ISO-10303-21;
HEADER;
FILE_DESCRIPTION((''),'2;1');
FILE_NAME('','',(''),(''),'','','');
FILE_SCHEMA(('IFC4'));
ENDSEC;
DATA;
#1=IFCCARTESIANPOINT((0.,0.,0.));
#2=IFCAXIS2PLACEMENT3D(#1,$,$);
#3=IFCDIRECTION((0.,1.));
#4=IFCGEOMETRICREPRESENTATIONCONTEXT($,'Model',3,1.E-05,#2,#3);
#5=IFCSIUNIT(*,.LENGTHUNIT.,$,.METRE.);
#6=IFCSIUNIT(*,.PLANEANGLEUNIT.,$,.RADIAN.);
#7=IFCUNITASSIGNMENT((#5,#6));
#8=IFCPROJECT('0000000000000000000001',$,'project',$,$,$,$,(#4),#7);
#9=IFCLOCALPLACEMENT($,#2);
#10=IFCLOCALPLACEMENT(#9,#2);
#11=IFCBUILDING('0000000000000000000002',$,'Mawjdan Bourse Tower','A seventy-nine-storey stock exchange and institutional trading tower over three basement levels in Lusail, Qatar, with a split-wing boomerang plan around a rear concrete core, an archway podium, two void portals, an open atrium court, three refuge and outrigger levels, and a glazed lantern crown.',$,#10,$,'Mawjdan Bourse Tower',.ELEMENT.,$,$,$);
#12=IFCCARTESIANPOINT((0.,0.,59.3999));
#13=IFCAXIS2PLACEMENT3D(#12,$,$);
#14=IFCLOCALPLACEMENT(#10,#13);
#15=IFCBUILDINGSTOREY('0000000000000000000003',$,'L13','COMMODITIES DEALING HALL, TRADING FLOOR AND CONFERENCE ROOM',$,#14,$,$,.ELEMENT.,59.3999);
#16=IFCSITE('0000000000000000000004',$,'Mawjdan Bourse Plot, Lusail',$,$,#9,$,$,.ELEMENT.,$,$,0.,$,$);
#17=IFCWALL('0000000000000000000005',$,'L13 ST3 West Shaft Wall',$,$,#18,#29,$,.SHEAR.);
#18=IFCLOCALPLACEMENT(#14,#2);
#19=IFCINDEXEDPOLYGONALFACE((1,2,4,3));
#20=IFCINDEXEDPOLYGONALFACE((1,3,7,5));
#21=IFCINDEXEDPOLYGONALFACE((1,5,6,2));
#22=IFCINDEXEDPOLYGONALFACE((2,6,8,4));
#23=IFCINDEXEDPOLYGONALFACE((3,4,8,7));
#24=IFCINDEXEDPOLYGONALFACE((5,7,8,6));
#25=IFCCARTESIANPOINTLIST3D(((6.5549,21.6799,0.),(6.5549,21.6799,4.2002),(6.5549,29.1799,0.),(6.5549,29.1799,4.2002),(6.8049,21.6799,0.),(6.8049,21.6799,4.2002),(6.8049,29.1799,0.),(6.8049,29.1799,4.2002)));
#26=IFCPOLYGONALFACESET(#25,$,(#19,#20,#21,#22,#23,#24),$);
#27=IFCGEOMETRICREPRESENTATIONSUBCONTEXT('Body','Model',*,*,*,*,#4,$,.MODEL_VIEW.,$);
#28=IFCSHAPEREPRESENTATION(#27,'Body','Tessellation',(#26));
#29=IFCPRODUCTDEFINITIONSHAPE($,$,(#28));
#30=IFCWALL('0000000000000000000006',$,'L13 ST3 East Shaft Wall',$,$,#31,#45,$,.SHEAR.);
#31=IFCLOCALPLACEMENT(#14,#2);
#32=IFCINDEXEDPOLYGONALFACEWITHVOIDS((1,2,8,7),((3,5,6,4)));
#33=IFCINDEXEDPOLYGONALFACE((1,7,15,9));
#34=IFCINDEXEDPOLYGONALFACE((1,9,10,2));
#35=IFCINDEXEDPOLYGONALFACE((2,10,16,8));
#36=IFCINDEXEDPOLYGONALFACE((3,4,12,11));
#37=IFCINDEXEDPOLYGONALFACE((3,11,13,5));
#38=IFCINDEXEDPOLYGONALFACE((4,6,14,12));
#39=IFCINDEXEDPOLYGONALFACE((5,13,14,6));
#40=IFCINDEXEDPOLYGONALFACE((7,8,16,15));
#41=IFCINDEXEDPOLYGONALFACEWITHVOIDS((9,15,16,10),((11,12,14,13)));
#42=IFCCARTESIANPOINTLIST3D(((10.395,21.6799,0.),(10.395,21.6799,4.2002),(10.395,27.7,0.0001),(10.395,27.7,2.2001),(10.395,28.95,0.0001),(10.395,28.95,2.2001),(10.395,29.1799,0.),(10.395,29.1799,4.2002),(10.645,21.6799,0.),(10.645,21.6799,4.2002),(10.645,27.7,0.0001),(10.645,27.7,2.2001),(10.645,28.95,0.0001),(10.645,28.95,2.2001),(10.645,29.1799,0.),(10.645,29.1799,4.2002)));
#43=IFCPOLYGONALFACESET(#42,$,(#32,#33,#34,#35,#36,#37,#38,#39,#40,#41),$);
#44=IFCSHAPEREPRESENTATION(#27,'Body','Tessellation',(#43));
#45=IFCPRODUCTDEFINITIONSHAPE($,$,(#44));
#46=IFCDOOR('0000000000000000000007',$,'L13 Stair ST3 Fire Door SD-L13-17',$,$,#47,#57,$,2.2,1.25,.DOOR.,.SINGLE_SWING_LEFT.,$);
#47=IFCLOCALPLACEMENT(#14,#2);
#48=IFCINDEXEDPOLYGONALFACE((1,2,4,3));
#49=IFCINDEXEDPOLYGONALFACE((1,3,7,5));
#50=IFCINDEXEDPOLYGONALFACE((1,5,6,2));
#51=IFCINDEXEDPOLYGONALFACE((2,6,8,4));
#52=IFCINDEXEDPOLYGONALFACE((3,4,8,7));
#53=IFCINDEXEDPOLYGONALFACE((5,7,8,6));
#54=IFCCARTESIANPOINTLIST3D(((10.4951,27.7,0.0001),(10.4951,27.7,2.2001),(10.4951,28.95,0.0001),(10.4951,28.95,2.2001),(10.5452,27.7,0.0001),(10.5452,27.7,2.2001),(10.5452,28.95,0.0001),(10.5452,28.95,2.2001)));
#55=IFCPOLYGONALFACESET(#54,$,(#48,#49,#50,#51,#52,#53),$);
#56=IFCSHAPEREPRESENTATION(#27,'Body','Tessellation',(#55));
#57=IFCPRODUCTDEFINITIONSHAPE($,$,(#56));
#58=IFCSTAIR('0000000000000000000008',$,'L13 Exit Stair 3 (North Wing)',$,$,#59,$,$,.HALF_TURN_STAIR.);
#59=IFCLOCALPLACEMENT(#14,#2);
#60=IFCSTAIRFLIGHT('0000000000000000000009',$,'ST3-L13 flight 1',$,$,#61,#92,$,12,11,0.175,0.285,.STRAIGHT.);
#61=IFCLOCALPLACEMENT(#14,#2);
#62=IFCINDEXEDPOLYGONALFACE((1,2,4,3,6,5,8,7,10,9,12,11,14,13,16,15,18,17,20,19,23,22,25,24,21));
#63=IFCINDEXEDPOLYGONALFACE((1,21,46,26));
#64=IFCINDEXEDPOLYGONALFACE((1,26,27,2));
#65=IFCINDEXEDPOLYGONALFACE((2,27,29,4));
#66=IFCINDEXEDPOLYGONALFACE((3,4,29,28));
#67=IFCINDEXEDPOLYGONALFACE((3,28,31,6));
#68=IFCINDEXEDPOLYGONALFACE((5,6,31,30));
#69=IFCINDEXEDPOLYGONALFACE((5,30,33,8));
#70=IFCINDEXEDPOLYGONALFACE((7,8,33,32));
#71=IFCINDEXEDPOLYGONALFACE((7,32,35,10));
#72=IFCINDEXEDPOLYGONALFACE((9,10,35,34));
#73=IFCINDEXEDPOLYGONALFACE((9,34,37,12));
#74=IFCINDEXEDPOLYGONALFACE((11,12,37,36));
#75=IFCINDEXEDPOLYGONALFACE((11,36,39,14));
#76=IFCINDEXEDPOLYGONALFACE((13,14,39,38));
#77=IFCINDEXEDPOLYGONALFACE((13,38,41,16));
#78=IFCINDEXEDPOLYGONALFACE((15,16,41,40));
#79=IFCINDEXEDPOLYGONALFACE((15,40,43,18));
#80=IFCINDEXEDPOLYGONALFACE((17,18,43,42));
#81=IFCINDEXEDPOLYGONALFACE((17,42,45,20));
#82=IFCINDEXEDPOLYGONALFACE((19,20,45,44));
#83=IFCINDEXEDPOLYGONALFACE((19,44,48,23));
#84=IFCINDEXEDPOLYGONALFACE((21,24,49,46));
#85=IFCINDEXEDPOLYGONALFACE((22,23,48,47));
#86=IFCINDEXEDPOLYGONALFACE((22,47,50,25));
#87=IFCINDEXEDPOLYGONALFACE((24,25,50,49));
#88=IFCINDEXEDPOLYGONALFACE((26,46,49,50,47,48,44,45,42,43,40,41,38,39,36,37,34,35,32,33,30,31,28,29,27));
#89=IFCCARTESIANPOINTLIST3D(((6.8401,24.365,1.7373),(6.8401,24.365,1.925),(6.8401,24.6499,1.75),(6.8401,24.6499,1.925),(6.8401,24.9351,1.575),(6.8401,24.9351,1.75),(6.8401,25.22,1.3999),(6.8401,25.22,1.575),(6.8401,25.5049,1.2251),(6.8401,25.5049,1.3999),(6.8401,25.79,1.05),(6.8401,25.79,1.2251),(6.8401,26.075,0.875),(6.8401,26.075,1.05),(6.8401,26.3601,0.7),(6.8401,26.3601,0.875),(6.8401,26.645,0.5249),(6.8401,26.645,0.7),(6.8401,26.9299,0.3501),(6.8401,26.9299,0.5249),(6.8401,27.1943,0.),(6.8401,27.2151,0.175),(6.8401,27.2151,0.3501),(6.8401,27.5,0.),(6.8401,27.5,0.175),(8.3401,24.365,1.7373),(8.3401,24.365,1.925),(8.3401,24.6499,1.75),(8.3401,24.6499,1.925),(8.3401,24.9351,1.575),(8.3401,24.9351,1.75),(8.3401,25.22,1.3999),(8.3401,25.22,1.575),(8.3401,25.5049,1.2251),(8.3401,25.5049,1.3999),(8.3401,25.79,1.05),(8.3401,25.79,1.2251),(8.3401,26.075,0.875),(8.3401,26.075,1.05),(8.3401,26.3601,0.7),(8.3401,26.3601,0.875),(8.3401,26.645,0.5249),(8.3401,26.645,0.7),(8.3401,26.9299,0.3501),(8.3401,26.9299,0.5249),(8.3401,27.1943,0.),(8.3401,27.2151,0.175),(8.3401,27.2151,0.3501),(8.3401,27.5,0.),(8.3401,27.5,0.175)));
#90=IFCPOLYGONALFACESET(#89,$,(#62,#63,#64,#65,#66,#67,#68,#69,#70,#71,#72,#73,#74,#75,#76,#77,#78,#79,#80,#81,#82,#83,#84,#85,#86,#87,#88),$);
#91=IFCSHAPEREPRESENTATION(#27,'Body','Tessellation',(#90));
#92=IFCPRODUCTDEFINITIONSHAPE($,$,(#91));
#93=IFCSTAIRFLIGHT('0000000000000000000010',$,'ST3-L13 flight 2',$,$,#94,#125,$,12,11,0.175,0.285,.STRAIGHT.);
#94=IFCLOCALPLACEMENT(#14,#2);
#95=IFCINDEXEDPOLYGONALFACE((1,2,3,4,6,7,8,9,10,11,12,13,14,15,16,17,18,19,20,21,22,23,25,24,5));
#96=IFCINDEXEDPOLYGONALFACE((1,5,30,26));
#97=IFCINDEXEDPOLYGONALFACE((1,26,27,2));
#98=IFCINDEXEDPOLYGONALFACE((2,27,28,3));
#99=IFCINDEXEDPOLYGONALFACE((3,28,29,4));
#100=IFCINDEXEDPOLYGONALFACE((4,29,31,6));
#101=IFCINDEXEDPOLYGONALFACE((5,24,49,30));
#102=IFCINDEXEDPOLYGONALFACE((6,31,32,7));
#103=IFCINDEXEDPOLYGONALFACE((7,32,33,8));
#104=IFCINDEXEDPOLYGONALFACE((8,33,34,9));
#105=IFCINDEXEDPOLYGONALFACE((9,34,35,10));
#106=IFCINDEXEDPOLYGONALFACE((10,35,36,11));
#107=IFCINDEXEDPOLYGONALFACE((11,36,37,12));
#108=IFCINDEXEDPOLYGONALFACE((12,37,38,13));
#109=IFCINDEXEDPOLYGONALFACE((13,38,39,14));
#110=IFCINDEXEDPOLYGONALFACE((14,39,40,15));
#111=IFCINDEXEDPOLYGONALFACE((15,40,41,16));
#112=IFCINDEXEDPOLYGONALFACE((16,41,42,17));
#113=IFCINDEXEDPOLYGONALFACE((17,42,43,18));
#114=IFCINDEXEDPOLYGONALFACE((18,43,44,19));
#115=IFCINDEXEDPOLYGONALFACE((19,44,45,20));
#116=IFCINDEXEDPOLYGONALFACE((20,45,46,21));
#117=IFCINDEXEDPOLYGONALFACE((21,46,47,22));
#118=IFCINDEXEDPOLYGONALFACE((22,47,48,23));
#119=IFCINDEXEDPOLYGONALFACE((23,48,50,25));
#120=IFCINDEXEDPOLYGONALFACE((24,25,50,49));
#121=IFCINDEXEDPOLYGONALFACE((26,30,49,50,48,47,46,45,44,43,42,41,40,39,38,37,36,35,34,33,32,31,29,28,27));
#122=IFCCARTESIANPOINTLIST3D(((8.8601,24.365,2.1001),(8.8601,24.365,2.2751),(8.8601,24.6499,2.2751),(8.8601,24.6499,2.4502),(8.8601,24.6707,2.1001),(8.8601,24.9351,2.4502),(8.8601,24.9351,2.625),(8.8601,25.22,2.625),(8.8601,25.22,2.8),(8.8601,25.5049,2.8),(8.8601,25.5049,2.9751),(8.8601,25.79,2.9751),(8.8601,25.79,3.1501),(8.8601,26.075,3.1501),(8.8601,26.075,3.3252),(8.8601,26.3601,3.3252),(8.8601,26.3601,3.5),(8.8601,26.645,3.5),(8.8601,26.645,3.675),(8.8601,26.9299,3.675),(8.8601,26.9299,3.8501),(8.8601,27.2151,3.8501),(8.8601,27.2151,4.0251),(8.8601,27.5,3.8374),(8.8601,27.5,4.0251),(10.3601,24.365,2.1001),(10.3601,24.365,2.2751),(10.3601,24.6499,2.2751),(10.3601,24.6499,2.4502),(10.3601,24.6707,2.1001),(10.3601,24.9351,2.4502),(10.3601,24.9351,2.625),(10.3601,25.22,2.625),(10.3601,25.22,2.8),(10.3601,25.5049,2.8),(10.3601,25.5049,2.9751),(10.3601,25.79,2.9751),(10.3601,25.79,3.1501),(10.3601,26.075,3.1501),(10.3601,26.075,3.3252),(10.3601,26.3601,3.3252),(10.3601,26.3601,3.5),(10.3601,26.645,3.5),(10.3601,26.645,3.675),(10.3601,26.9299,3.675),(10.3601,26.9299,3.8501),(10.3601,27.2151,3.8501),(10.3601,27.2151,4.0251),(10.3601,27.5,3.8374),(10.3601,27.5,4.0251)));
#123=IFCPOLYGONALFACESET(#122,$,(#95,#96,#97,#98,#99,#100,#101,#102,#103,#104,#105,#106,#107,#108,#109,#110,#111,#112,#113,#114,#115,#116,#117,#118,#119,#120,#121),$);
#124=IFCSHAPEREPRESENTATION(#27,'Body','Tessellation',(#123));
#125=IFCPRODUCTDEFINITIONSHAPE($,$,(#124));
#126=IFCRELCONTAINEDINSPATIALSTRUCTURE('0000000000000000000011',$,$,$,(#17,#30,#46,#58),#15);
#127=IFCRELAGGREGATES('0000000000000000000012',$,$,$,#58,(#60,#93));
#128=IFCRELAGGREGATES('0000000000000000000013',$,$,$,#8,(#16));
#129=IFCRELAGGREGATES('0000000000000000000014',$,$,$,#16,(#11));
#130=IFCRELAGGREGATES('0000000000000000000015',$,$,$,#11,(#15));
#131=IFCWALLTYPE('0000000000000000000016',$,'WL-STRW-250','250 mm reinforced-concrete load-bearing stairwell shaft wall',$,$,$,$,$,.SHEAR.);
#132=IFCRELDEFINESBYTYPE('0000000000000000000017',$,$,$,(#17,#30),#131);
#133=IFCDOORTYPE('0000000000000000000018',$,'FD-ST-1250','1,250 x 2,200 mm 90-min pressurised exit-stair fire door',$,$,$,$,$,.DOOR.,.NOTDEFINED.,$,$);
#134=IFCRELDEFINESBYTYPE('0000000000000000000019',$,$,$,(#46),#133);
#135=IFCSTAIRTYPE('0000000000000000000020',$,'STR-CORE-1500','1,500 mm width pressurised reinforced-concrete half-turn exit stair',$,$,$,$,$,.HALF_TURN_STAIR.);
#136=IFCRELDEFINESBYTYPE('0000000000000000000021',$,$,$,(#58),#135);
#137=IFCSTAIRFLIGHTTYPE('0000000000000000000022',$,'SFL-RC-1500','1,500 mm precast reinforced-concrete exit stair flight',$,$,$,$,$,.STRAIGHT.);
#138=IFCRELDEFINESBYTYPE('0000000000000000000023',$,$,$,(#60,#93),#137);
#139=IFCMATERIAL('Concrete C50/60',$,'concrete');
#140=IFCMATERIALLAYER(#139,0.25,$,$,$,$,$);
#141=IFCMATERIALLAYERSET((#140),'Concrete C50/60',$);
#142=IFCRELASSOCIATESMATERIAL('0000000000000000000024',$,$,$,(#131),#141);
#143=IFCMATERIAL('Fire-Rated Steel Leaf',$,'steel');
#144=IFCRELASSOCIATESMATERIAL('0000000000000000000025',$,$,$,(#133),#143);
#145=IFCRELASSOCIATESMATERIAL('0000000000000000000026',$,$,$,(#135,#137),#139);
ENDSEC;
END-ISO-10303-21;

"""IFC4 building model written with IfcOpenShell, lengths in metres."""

from ifc_helpers import new_model, si_unit, direction, frame, frame_2d, origin, place, context, subcontext, project, spatial, polyline, rectangle, outline, extrude, material, layer, layer_set, type_object, element, fill, aggregate, save


model = new_model("IFC4")

# Units and contexts
model_context = context("Model", 3, precision=1e-05, world=origin(), true_north=direction((0.0, 1.0)))
body_context = subcontext(model_context, "Body", "Model", "MODEL_VIEW")
ifc_project = project(units=[si_unit("LENGTHUNIT", "METRE"), si_unit("PLANEANGLEUNIT", "RADIAN")], contexts=[model_context])

# Site, building, storey
site_placement = place(None, origin())
site = spatial("IfcSite", under=ifc_project, at=site_placement, Name="Mawjdan Bourse Plot, Lusail", CompositionType="ELEMENT", RefElevation=0.0)
building_placement = place(site_placement, origin())
building = spatial("IfcBuilding", under=site, at=building_placement, Name="Mawjdan Bourse Tower", Description="A seventy-nine-storey stock exchange and institutional trading tower over three basement levels in Lusail, Qatar, with a split-wing boomerang plan around a rear concrete core, an archway podium, two void portals, an open atrium court, three refuge and outrigger levels, and a glazed lantern crown.", LongName="Mawjdan Bourse Tower", CompositionType="ELEMENT")
storey_placement = place(building_placement, frame((0.0, 0.0, 59.3999)))
storey = spatial("IfcBuildingStorey", under=building, at=storey_placement, Name="L13", Description="COMMODITIES DEALING HALL, TRADING FLOOR AND CONFERENCE ROOM", CompositionType="ELEMENT", Elevation=59.3999)

# Wall
ifc_material_1 = material(Name="Concrete C50/60", Category="concrete")
ifc_layer_1 = layer(ifc_material_1, 0.25)
ifc_layer_set_1 = layer_set([ifc_layer_1], Name="Concrete C50/60")
wall_type_1 = type_object("IfcWallType", Name="WL-STRW-250", Description="250 mm reinforced-concrete load-bearing stairwell shaft wall", PredefinedType="SHEAR", material=ifc_layer_set_1)
wall_1_placement = place(storey_placement, frame((6.6799, 21.6799, 0.0), z_axis=(0.0, 0.0, 1.0), x_axis=(0.0, 1.0, 0.0)))
element("IfcWall", 1, at=wall_1_placement, inside=storey, type_object=wall_type_1, Name="L13 ST3 West Shaft Wall", PredefinedType="SHEAR", context=body_context, shape_type="SweptSolid", body=[
    extrude(rectangle(XDim=7.5, YDim=0.25, at=frame_2d((3.75, 0.0))), origin(), (0.0, 0.0, 1.0), 4.2002),
])

# Wall, opening, door
wall_2_placement = place(storey_placement, frame((10.52, 21.6799, 0.0), z_axis=(0.0, 0.0, 1.0), x_axis=(0.0, 1.0, 0.0)))
wall_2 = element("IfcWall", 2, at=wall_2_placement, inside=storey, type_object=wall_type_1, Name="L13 ST3 East Shaft Wall", PredefinedType="SHEAR", context=body_context, shape_type="SweptSolid", body=[
    extrude(rectangle(XDim=7.5, YDim=0.25, at=frame_2d((3.75, 0.0))), origin(), (0.0, 0.0, 1.0), 4.2002),
])
opening_placement = place(wall_2_placement, frame((6.02, 0.0, 0.0)))
opening = element("IfcOpeningElement", 3, at=opening_placement, cuts=wall_2, PredefinedType="OPENING", context=body_context, shape_type="SweptSolid", body=[
    extrude(rectangle(XDim=1.25, YDim=2.2, at=frame_2d((0.625, 1.1001))), frame((0.0, 0.135, 0.0), z_axis=(0.0, -1.0, 0.0), x_axis=(1.0, 0.0, 0.0)), (0.0, 0.0, 1.0), 0.27),
])
ifc_material_2 = material(Name="Fire-Rated Steel Leaf", Category="steel")
door_type = type_object("IfcDoorType", Name="FD-ST-1250", Description="1,250 x 2,200 mm 90-min pressurised exit-stair fire door", OperationType="NOTDEFINED", PredefinedType="DOOR", material=ifc_material_2)
door_placement = place(opening_placement, origin())
door = element("IfcDoor", 4, at=door_placement, inside=storey, type_object=door_type, Name="L13 Stair ST3 Fire Door SD-L13-17", OperationType="SINGLE_SWING_LEFT", OverallHeight=2.2, OverallWidth=1.25, PredefinedType="DOOR", context=body_context, shape_type="SweptSolid", body=[
    extrude(rectangle(XDim=1.25, YDim=2.2, at=frame_2d((0.625, 1.1001))), frame((0.0, 0.0249, 0.0), z_axis=(0.0, -1.0, 0.0), x_axis=(1.0, 0.0, 0.0)), (0.0, 0.0, 1.0), 0.05),
])
fill(opening, door)

# Stair, stair flights
stair_type = type_object("IfcStairType", Name="STR-CORE-1500", Description="1,500 mm width pressurised reinforced-concrete half-turn exit stair", PredefinedType="HALF_TURN_STAIR", material=ifc_material_1)
stair_placement = place(storey_placement, origin())
stair = element("IfcStair", 5, at=stair_placement, inside=storey, type_object=stair_type, Name="L13 Exit Stair 3 (North Wing)", PredefinedType="HALF_TURN_STAIR")
stair_flight_type = type_object("IfcStairFlightType", Name="SFL-RC-1500", Description="1,500 mm precast reinforced-concrete exit stair flight", PredefinedType="STRAIGHT", material=ifc_material_1)
stair_flight_1_placement = place(storey_placement, frame((7.5901, 27.5, 0.0), z_axis=(0.0, 0.0, 1.0), x_axis=(0.0, -1.0, 0.0)))
stair_flight_1 = element("IfcStairFlight", 6, at=stair_flight_1_placement, type_object=stair_flight_type, Name="ST3-L13 flight 1", NumberOfRisers=12, NumberOfTreads=11, PredefinedType="STRAIGHT", RiserHeight=0.175, TreadLength=0.285, context=body_context, shape_type="SweptSolid", body=[
    extrude(outline(polyline([(0.0, 0.0), (0.0, 0.175), (0.2849, 0.175), (0.2849, 0.3501), (0.5701, 0.3501), (0.5701, 0.5249), (0.855, 0.5249), (0.855, 0.7), (1.1399, 0.7), (1.1399, 0.875), (1.425, 0.875), (1.425, 1.05), (1.71, 1.05), (1.71, 1.2251), (1.9951, 1.2251), (1.9951, 1.3999), (2.28, 1.3999), (2.28, 1.575), (2.5649, 1.575), (2.5649, 1.75), (2.8501, 1.75), (2.8501, 1.925), (3.135, 1.925), (3.135, 2.1001), (3.135, 1.7373), (0.3057, 0.0), (0.0, 0.0)])), frame((0.0, 0.75, 0.0), z_axis=(0.0, -1.0, 0.0), x_axis=(1.0, 0.0, 0.0)), (0.0, 0.0, 1.0), 1.5),
])
stair_flight_2_placement = place(storey_placement, frame((9.6101, 24.365, 2.1001), z_axis=(0.0, 0.0, 1.0), x_axis=(0.0, 1.0, 0.0)))
stair_flight_2 = element("IfcStairFlight", 7, at=stair_flight_2_placement, type_object=stair_flight_type, Name="ST3-L13 flight 2", NumberOfRisers=12, NumberOfTreads=11, PredefinedType="STRAIGHT", RiserHeight=0.175, TreadLength=0.285, context=body_context, shape_type="SweptSolid", body=[
    extrude(outline(polyline([(0.0, 0.0), (0.0, 0.175), (0.2849, 0.175), (0.2849, 0.3501), (0.5701, 0.3501), (0.5701, 0.5249), (0.855, 0.5249), (0.855, 0.7), (1.1399, 0.7), (1.1399, 0.875), (1.425, 0.875), (1.425, 1.05), (1.71, 1.05), (1.71, 1.2251), (1.9951, 1.2251), (1.9951, 1.3999), (2.28, 1.3999), (2.28, 1.575), (2.5649, 1.575), (2.5649, 1.75), (2.8501, 1.75), (2.8501, 1.925), (3.135, 1.925), (3.135, 2.1001), (3.135, 1.7373), (0.3057, 0.0), (0.0, 0.0)])), frame((0.0, 0.75, 0.0), z_axis=(0.0, -1.0, 0.0), x_axis=(1.0, 0.0, 0.0)), (0.0, 0.0, 1.0), 1.5),
])
aggregate(stair, [stair_flight_1, stair_flight_2])

save(model, "model.ifc")
